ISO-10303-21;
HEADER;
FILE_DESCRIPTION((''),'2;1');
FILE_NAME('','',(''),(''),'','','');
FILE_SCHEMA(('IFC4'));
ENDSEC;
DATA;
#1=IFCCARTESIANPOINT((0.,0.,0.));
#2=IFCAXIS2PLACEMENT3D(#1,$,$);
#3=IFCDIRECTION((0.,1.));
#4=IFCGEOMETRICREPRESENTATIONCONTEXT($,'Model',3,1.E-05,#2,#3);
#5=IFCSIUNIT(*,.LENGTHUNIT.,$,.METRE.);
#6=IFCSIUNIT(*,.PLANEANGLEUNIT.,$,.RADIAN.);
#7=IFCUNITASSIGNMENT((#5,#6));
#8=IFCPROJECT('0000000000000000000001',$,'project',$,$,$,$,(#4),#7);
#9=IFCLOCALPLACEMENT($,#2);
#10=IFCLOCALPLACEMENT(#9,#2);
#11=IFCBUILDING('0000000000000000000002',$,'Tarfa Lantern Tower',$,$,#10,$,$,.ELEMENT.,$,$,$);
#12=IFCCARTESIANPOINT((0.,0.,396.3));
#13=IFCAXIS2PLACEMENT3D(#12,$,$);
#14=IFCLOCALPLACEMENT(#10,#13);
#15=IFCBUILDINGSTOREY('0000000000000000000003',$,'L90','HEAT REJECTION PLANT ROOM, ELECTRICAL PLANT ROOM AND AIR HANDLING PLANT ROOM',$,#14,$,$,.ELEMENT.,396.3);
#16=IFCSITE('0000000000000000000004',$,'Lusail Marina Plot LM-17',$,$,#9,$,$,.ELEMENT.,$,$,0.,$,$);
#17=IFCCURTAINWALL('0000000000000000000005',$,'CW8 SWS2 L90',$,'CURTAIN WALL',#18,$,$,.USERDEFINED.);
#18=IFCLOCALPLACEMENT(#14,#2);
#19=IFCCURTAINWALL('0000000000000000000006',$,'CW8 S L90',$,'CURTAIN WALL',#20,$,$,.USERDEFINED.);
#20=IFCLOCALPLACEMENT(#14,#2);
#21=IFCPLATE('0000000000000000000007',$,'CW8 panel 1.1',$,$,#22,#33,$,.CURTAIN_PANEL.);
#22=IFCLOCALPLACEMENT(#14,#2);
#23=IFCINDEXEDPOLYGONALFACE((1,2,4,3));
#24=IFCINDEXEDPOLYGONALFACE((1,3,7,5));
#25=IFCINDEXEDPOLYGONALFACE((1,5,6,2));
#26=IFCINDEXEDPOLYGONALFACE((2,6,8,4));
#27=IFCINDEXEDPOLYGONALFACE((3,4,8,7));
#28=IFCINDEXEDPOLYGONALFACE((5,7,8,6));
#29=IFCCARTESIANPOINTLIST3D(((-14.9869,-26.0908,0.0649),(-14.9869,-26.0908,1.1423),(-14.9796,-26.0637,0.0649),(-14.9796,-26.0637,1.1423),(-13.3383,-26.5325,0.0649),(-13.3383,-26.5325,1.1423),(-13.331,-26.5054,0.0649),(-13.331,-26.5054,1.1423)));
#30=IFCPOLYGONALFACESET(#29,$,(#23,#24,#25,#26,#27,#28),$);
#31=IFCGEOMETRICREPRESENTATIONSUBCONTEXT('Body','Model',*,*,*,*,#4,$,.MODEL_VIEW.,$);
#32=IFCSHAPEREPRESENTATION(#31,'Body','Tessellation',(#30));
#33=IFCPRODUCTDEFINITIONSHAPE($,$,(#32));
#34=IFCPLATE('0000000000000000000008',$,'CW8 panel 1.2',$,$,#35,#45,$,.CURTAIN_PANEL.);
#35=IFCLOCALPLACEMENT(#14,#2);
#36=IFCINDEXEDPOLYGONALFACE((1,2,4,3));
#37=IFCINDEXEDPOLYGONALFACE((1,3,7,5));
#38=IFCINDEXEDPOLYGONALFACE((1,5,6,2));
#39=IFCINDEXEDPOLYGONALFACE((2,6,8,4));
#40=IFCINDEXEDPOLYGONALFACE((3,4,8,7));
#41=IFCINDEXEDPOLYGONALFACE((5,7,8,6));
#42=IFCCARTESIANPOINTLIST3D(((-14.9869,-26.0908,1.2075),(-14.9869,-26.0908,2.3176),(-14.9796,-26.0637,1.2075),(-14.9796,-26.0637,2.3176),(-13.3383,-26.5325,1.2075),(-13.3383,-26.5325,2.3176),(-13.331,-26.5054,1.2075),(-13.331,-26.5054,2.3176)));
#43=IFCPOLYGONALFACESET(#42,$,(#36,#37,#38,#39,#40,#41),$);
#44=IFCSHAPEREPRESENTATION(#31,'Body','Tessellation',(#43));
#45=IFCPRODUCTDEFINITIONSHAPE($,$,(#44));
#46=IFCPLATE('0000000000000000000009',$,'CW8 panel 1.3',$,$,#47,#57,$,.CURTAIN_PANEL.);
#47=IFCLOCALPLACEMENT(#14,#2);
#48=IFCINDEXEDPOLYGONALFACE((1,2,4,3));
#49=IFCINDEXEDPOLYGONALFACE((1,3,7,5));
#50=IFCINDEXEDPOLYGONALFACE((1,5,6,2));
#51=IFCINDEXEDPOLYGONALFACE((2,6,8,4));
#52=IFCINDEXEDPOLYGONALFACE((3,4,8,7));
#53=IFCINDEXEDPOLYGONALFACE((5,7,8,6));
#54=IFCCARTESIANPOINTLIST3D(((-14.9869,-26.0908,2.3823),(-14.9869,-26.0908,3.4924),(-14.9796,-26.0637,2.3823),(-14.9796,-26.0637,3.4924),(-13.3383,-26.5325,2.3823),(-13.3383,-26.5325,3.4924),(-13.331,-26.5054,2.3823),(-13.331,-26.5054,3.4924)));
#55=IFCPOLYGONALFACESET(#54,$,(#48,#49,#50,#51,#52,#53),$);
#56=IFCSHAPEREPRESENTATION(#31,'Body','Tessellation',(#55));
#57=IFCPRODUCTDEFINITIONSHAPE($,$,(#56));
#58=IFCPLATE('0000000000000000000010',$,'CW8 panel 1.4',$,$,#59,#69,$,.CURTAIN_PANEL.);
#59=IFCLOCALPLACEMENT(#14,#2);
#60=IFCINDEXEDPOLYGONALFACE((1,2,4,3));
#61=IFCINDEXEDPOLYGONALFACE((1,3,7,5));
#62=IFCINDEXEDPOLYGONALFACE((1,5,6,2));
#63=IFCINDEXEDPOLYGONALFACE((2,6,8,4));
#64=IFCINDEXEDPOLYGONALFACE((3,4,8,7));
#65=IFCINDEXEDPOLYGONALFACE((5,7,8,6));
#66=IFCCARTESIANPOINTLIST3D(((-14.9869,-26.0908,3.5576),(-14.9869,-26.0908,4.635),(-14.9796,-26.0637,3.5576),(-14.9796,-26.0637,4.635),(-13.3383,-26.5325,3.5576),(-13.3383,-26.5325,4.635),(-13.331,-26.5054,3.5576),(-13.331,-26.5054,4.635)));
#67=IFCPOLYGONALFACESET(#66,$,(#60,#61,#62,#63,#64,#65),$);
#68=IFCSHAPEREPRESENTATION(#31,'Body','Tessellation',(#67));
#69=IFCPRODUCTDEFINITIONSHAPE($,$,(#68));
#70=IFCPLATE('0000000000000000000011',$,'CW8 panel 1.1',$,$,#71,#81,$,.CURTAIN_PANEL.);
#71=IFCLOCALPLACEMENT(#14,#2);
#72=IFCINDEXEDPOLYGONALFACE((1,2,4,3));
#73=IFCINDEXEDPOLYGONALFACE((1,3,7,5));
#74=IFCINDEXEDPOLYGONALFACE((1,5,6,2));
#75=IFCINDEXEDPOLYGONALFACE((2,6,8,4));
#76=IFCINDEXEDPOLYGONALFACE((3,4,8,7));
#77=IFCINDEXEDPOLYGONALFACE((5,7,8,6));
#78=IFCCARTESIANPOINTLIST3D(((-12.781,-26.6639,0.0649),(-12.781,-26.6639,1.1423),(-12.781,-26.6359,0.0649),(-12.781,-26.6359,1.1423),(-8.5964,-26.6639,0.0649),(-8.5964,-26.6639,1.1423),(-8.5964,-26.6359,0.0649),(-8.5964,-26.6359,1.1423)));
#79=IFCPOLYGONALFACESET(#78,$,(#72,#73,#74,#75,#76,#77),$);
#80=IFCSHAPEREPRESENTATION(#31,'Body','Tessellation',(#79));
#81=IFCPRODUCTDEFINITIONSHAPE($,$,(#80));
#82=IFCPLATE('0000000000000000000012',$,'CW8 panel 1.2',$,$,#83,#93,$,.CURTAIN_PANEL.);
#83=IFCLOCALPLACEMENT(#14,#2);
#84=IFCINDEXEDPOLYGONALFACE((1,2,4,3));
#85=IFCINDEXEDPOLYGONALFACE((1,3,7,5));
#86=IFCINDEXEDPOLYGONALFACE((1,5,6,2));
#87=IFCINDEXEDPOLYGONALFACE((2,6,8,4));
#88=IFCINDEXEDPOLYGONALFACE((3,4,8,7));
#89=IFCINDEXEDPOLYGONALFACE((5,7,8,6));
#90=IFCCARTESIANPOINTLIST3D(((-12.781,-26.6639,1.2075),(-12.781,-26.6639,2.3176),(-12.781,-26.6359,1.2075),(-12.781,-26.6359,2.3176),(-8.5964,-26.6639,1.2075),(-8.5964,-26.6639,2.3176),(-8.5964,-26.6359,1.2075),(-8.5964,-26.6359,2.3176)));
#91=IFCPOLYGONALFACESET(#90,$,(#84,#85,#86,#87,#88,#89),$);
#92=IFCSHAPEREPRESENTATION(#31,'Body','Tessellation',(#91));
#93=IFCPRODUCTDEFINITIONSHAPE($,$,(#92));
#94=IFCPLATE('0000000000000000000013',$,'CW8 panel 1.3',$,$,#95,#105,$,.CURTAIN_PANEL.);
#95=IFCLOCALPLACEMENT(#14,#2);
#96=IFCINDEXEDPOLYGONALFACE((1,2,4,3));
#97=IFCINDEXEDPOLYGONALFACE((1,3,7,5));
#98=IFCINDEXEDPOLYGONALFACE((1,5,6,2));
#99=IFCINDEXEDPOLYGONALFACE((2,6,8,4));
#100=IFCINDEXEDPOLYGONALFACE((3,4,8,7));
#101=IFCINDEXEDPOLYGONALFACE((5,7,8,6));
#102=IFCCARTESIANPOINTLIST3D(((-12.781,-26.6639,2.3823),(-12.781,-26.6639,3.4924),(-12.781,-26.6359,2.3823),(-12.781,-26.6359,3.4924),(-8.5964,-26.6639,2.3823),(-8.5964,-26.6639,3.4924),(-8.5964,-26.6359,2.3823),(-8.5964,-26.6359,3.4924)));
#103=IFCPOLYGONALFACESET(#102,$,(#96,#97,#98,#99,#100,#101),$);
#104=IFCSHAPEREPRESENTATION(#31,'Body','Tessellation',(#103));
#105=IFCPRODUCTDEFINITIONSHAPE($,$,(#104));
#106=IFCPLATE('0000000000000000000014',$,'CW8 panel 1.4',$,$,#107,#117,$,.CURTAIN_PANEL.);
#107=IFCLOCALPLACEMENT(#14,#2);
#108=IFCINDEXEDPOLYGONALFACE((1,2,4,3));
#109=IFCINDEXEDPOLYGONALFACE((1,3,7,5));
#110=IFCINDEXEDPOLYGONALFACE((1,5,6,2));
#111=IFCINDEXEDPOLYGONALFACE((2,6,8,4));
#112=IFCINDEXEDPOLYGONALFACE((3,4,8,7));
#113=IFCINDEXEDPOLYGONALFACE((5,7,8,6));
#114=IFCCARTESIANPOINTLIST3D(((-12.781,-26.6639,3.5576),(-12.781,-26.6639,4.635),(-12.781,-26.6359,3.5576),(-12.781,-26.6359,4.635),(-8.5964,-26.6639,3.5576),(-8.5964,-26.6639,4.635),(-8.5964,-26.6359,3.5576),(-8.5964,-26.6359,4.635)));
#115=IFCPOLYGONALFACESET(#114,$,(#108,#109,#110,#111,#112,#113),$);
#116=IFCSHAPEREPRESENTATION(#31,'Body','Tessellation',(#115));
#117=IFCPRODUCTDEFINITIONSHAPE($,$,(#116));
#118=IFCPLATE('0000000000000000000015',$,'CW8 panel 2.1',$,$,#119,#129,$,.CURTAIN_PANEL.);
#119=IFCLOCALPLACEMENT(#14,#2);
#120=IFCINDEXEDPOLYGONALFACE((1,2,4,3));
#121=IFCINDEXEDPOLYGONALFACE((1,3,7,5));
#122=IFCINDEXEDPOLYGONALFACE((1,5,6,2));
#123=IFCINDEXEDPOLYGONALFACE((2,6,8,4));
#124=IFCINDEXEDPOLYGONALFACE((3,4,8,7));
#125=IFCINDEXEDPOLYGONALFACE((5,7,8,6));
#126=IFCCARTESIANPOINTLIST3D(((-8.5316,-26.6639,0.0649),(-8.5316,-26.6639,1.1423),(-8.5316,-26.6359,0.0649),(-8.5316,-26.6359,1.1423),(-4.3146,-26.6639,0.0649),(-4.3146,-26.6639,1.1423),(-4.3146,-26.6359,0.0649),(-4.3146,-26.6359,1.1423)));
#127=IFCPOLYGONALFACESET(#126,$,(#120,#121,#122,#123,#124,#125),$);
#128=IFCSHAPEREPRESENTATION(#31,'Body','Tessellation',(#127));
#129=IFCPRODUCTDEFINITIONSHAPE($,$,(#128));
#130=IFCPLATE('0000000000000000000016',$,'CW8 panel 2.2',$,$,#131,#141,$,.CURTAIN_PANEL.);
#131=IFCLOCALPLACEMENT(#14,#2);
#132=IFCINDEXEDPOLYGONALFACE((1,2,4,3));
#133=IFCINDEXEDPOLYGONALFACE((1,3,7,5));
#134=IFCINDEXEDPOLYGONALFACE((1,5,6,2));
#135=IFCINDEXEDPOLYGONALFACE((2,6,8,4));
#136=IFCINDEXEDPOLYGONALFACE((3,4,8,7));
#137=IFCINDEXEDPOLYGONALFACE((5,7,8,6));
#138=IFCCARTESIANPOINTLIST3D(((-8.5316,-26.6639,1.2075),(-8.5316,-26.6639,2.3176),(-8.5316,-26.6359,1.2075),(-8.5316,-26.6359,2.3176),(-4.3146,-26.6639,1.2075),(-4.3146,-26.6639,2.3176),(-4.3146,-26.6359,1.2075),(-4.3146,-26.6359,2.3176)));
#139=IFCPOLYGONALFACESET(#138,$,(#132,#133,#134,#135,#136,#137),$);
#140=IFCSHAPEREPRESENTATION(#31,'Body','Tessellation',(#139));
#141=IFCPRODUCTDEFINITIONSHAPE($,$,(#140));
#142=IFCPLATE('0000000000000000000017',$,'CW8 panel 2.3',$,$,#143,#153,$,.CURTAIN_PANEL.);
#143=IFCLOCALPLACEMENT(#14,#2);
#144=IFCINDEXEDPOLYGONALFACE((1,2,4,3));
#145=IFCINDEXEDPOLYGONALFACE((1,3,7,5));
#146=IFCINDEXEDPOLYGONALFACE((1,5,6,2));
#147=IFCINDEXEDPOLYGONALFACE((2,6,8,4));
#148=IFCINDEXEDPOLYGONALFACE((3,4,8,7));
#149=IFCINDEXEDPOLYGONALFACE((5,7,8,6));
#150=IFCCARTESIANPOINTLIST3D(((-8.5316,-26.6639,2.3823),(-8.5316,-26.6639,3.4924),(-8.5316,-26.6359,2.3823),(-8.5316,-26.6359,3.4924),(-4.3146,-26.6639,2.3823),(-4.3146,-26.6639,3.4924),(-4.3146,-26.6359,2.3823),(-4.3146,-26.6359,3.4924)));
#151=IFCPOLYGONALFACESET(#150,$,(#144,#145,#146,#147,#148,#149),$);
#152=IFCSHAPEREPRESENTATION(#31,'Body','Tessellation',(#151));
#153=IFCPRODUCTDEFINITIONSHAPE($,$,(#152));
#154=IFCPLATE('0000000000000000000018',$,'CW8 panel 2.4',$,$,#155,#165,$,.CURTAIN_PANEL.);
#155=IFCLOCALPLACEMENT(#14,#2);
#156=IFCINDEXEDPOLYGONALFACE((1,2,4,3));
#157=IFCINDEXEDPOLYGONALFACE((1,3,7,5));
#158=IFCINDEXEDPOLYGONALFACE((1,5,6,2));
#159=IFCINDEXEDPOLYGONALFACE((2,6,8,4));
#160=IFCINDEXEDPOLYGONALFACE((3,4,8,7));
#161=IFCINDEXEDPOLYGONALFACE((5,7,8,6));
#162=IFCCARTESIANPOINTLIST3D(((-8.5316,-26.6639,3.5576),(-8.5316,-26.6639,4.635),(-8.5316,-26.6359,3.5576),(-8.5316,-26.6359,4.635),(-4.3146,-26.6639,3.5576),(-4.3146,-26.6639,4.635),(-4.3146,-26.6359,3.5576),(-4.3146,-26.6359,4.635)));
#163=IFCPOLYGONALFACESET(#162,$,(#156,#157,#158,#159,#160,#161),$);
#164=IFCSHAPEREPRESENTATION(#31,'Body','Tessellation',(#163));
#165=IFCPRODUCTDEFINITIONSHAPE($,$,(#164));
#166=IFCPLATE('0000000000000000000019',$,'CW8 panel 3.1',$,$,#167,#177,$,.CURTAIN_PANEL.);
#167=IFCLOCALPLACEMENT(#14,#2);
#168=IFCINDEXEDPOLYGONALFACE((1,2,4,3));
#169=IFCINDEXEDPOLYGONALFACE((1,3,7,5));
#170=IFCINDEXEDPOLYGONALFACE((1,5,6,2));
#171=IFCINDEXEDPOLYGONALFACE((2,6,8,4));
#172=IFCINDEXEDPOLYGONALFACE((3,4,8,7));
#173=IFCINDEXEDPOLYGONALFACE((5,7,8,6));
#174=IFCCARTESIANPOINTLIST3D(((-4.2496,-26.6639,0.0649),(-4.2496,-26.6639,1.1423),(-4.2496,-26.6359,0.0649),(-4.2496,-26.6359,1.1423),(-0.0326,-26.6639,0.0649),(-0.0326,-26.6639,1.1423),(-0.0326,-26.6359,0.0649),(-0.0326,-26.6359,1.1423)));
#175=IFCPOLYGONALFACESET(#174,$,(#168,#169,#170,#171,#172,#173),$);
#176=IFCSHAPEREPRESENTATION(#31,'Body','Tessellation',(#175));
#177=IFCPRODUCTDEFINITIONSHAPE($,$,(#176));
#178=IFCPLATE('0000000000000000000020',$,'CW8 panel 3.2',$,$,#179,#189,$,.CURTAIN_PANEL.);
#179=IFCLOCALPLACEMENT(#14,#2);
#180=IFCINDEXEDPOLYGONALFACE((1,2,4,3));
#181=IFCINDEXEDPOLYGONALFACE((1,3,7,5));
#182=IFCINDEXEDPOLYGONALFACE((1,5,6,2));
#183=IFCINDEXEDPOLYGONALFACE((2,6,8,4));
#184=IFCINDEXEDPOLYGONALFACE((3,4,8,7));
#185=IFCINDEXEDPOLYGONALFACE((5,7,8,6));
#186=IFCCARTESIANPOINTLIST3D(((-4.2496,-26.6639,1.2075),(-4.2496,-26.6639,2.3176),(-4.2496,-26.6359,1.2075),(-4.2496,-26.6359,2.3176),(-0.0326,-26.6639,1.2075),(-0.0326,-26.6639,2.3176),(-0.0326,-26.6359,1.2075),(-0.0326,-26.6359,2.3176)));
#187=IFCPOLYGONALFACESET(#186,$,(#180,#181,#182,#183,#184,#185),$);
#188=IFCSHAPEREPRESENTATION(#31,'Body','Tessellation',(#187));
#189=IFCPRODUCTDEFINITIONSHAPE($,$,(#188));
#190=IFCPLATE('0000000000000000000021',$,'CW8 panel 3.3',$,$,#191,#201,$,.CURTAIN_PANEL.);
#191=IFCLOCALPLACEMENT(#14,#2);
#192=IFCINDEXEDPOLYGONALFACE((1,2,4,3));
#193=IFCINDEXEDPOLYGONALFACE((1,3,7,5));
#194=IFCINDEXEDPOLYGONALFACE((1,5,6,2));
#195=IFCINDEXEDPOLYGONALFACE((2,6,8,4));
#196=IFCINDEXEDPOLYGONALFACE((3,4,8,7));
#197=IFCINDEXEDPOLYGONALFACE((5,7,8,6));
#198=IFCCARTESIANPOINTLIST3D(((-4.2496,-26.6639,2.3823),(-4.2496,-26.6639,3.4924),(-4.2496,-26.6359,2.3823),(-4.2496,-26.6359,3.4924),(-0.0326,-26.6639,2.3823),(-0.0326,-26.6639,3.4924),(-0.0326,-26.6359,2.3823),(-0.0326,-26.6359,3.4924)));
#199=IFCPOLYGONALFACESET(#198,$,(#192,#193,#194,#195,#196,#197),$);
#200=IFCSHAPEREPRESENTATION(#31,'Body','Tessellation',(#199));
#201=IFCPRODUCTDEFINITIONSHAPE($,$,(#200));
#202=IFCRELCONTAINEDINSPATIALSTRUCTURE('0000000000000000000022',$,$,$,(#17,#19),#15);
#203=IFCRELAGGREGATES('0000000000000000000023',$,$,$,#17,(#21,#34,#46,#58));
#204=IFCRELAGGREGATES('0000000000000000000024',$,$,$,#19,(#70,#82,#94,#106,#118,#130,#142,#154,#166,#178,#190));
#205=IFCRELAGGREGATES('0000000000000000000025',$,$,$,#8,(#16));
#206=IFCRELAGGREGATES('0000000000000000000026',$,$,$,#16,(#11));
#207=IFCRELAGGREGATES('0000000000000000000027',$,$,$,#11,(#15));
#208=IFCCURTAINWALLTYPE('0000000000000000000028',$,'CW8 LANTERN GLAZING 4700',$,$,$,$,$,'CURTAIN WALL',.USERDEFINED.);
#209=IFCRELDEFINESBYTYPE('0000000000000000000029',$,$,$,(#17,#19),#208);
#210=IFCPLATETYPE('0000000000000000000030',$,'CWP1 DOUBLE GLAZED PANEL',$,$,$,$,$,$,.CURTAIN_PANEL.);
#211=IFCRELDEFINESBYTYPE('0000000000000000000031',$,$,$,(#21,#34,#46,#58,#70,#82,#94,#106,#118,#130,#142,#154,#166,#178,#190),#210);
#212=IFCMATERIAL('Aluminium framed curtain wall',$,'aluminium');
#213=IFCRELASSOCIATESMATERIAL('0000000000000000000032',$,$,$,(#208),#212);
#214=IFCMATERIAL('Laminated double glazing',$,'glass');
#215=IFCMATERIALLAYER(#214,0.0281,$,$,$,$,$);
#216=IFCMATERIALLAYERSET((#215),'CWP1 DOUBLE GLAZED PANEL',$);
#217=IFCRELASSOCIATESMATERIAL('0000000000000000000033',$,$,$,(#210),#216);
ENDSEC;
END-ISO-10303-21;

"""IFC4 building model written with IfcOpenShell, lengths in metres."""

from ifc_helpers import new_model, si_unit, direction, frame, origin, origin_2d, place, context, subcontext, project, spatial, rectangle, extrude, material, layer, layer_set, type_object, element, aggregate, save


model = new_model("IFC4")

# Units and contexts
model_context = context("Model", 3, precision=1e-05, world=origin(), true_north=direction((0.0, 1.0)))
body_context = subcontext(model_context, "Body", "Model", "MODEL_VIEW")
ifc_project = project(units=[si_unit("LENGTHUNIT", "METRE"), si_unit("PLANEANGLEUNIT", "RADIAN")], contexts=[model_context])

# Site, building, storey
site_placement = place(None, origin())
site = spatial("IfcSite", under=ifc_project, at=site_placement, Name="Lusail Marina Plot LM-17", CompositionType="ELEMENT", RefElevation=0.0)
building_placement = place(site_placement, origin())
building = spatial("IfcBuilding", under=site, at=building_placement, Name="Tarfa Lantern Tower", CompositionType="ELEMENT")
storey_placement = place(building_placement, frame((0.0, 0.0, 396.3)))
storey = spatial("IfcBuildingStorey", under=building, at=storey_placement, Name="L90", Description="HEAT REJECTION PLANT ROOM, ELECTRICAL PLANT ROOM AND AIR HANDLING PLANT ROOM", CompositionType="ELEMENT", Elevation=396.3)

# Curtain wall
ifc_material_1 = material(Name="Aluminium framed curtain wall", Category="aluminium")
curtain_wall_type = type_object("IfcCurtainWallType", Name="CW8 LANTERN GLAZING 4700", ElementType="CURTAIN WALL", PredefinedType="USERDEFINED", material=ifc_material_1)
curtain_wall_1_placement = place(storey_placement, origin())
curtain_wall_1 = element("IfcCurtainWall", 1, at=curtain_wall_1_placement, inside=storey, type_object=curtain_wall_type, Name="CW8 SWS2 L90", ObjectType="CURTAIN WALL", PredefinedType="USERDEFINED")

# Curtain wall
curtain_wall_2_placement = place(storey_placement, origin())
curtain_wall_2 = element("IfcCurtainWall", 2, at=curtain_wall_2_placement, inside=storey, type_object=curtain_wall_type, Name="CW8 S L90", ObjectType="CURTAIN WALL", PredefinedType="USERDEFINED")

# Plates
ifc_material_2 = material(Name="Laminated double glazing", Category="glass")
ifc_layer = layer(ifc_material_2, 0.0281)
ifc_layer_set = layer_set([ifc_layer], Name="CWP1 DOUBLE GLAZED PANEL")
plate_type = type_object("IfcPlateType", Name="CWP1 DOUBLE GLAZED PANEL", PredefinedType="CURTAIN_PANEL", material=ifc_layer_set)
plate_1_placement = place(storey_placement, frame((-14.1589, -26.2981, 0.0649), z_axis=(0.0, 0.0, 1.0), x_axis=(0.965926, -0.258819, 0.0)))
plate_1 = element("IfcPlate", 3, at=plate_1_placement, type_object=plate_type, Name="CW8 panel 1.1", PredefinedType="CURTAIN_PANEL", context=body_context, shape_type="SweptSolid", body=[
    extrude(rectangle(XDim=1.7068, YDim=0.0281, at=origin_2d()), origin(), (0.0, 0.0, 1.0), 1.0774),
])
plate_2_placement = place(storey_placement, frame((-14.1589, -26.2981, 1.2075), z_axis=(0.0, 0.0, 1.0), x_axis=(0.965926, -0.258819, 0.0)))
plate_2 = element("IfcPlate", 4, at=plate_2_placement, type_object=plate_type, Name="CW8 panel 1.2", PredefinedType="CURTAIN_PANEL", context=body_context, shape_type="SweptSolid", body=[
    extrude(rectangle(XDim=1.7068, YDim=0.0281, at=origin_2d()), origin(), (0.0, 0.0, 1.0), 1.1101),
])
plate_3_placement = place(storey_placement, frame((-14.1589, -26.2981, 2.3823), z_axis=(0.0, 0.0, 1.0), x_axis=(0.965926, -0.258819, 0.0)))
plate_3 = element("IfcPlate", 5, at=plate_3_placement, type_object=plate_type, Name="CW8 panel 1.3", PredefinedType="CURTAIN_PANEL", context=body_context, shape_type="SweptSolid", body=[
    extrude(rectangle(XDim=1.7068, YDim=0.0281, at=origin_2d()), origin(), (0.0, 0.0, 1.0), 1.1101),
])
plate_4_placement = place(storey_placement, frame((-14.1589, -26.2981, 3.5576), z_axis=(0.0, 0.0, 1.0), x_axis=(0.965926, -0.258819, 0.0)))
plate_4 = element("IfcPlate", 6, at=plate_4_placement, type_object=plate_type, Name="CW8 panel 1.4", PredefinedType="CURTAIN_PANEL", context=body_context, shape_type="SweptSolid", body=[
    extrude(rectangle(XDim=1.7068, YDim=0.0281, at=origin_2d()), origin(), (0.0, 0.0, 1.0), 1.0774),
])
aggregate(curtain_wall_1, [plate_1, plate_2, plate_3, plate_4])
plate_5_placement = place(storey_placement, frame((-10.6887, -26.6499, 0.0649), z_axis=(0.0, 0.0, 1.0), x_axis=(1.0, 0.0, 0.0)))
plate_5 = element("IfcPlate", 7, at=plate_5_placement, type_object=plate_type, Name="CW8 panel 1.1", PredefinedType="CURTAIN_PANEL", context=body_context, shape_type="SweptSolid", body=[
    extrude(rectangle(XDim=4.1846, YDim=0.0281, at=origin_2d()), origin(), (0.0, 0.0, 1.0), 1.0774),
])
plate_6_placement = place(storey_placement, frame((-10.6887, -26.6499, 1.2075), z_axis=(0.0, 0.0, 1.0), x_axis=(1.0, 0.0, 0.0)))
plate_6 = element("IfcPlate", 8, at=plate_6_placement, type_object=plate_type, Name="CW8 panel 1.2", PredefinedType="CURTAIN_PANEL", context=body_context, shape_type="SweptSolid", body=[
    extrude(rectangle(XDim=4.1846, YDim=0.0281, at=origin_2d()), origin(), (0.0, 0.0, 1.0), 1.1101),
])
plate_7_placement = place(storey_placement, frame((-10.6887, -26.6499, 2.3823), z_axis=(0.0, 0.0, 1.0), x_axis=(1.0, 0.0, 0.0)))
plate_7 = element("IfcPlate", 9, at=plate_7_placement, type_object=plate_type, Name="CW8 panel 1.3", PredefinedType="CURTAIN_PANEL", context=body_context, shape_type="SweptSolid", body=[
    extrude(rectangle(XDim=4.1846, YDim=0.0281, at=origin_2d()), origin(), (0.0, 0.0, 1.0), 1.1101),
])
plate_8_placement = place(storey_placement, frame((-10.6887, -26.6499, 3.5576), z_axis=(0.0, 0.0, 1.0), x_axis=(1.0, 0.0, 0.0)))
plate_8 = element("IfcPlate", 10, at=plate_8_placement, type_object=plate_type, Name="CW8 panel 1.4", PredefinedType="CURTAIN_PANEL", context=body_context, shape_type="SweptSolid", body=[
    extrude(rectangle(XDim=4.1846, YDim=0.0281, at=origin_2d()), origin(), (0.0, 0.0, 1.0), 1.0774),
])
plate_9_placement = place(storey_placement, frame((-6.4231, -26.6499, 0.0649), z_axis=(0.0, 0.0, 1.0), x_axis=(1.0, 0.0, 0.0)))
plate_9 = element("IfcPlate", 11, at=plate_9_placement, type_object=plate_type, Name="CW8 panel 2.1", PredefinedType="CURTAIN_PANEL", context=body_context, shape_type="SweptSolid", body=[
    extrude(rectangle(XDim=4.217, YDim=0.0281, at=origin_2d()), origin(), (0.0, 0.0, 1.0), 1.0774),
])
plate_10_placement = place(storey_placement, frame((-6.4231, -26.6499, 1.2075), z_axis=(0.0, 0.0, 1.0), x_axis=(1.0, 0.0, 0.0)))
plate_10 = element("IfcPlate", 12, at=plate_10_placement, type_object=plate_type, Name="CW8 panel 2.2", PredefinedType="CURTAIN_PANEL", context=body_context, shape_type="SweptSolid", body=[
    extrude(rectangle(XDim=4.217, YDim=0.0281, at=origin_2d()), origin(), (0.0, 0.0, 1.0), 1.1101),
])
plate_11_placement = place(storey_placement, frame((-6.4231, -26.6499, 2.3823), z_axis=(0.0, 0.0, 1.0), x_axis=(1.0, 0.0, 0.0)))
plate_11 = element("IfcPlate", 13, at=plate_11_placement, type_object=plate_type, Name="CW8 panel 2.3", PredefinedType="CURTAIN_PANEL", context=body_context, shape_type="SweptSolid", body=[
    extrude(rectangle(XDim=4.217, YDim=0.0281, at=origin_2d()), origin(), (0.0, 0.0, 1.0), 1.1101),
])
plate_12_placement = place(storey_placement, frame((-6.4231, -26.6499, 3.5576), z_axis=(0.0, 0.0, 1.0), x_axis=(1.0, 0.0, 0.0)))
plate_12 = element("IfcPlate", 14, at=plate_12_placement, type_object=plate_type, Name="CW8 panel 2.4", PredefinedType="CURTAIN_PANEL", context=body_context, shape_type="SweptSolid", body=[
    extrude(rectangle(XDim=4.217, YDim=0.0281, at=origin_2d()), origin(), (0.0, 0.0, 1.0), 1.0774),
])
plate_13_placement = place(storey_placement, frame((-2.1411, -26.6499, 0.0649), z_axis=(0.0, 0.0, 1.0), x_axis=(1.0, 0.0, 0.0)))
plate_13 = element("IfcPlate", 15, at=plate_13_placement, type_object=plate_type, Name="CW8 panel 3.1", PredefinedType="CURTAIN_PANEL", context=body_context, shape_type="SweptSolid", body=[
    extrude(rectangle(XDim=4.217, YDim=0.0281, at=origin_2d()), origin(), (0.0, 0.0, 1.0), 1.0774),
])
plate_14_placement = place(storey_placement, frame((-2.1411, -26.6499, 1.2075), z_axis=(0.0, 0.0, 1.0), x_axis=(1.0, 0.0, 0.0)))
plate_14 = element("IfcPlate", 16, at=plate_14_placement, type_object=plate_type, Name="CW8 panel 3.2", PredefinedType="CURTAIN_PANEL", context=body_context, shape_type="SweptSolid", body=[
    extrude(rectangle(XDim=4.217, YDim=0.0281, at=origin_2d()), origin(), (0.0, 0.0, 1.0), 1.1101),
])
plate_15_placement = place(storey_placement, frame((-2.1411, -26.6499, 2.3823), z_axis=(0.0, 0.0, 1.0), x_axis=(1.0, 0.0, 0.0)))
plate_15 = element("IfcPlate", 17, at=plate_15_placement, type_object=plate_type, Name="CW8 panel 3.3", PredefinedType="CURTAIN_PANEL", context=body_context, shape_type="SweptSolid", body=[
    extrude(rectangle(XDim=4.217, YDim=0.0281, at=origin_2d()), origin(), (0.0, 0.0, 1.0), 1.1101),
])
aggregate(curtain_wall_2, [plate_5, plate_6, plate_7, plate_8, plate_9, plate_10, plate_11, plate_12, plate_13, plate_14, plate_15])

save(model, "model.ifc")
